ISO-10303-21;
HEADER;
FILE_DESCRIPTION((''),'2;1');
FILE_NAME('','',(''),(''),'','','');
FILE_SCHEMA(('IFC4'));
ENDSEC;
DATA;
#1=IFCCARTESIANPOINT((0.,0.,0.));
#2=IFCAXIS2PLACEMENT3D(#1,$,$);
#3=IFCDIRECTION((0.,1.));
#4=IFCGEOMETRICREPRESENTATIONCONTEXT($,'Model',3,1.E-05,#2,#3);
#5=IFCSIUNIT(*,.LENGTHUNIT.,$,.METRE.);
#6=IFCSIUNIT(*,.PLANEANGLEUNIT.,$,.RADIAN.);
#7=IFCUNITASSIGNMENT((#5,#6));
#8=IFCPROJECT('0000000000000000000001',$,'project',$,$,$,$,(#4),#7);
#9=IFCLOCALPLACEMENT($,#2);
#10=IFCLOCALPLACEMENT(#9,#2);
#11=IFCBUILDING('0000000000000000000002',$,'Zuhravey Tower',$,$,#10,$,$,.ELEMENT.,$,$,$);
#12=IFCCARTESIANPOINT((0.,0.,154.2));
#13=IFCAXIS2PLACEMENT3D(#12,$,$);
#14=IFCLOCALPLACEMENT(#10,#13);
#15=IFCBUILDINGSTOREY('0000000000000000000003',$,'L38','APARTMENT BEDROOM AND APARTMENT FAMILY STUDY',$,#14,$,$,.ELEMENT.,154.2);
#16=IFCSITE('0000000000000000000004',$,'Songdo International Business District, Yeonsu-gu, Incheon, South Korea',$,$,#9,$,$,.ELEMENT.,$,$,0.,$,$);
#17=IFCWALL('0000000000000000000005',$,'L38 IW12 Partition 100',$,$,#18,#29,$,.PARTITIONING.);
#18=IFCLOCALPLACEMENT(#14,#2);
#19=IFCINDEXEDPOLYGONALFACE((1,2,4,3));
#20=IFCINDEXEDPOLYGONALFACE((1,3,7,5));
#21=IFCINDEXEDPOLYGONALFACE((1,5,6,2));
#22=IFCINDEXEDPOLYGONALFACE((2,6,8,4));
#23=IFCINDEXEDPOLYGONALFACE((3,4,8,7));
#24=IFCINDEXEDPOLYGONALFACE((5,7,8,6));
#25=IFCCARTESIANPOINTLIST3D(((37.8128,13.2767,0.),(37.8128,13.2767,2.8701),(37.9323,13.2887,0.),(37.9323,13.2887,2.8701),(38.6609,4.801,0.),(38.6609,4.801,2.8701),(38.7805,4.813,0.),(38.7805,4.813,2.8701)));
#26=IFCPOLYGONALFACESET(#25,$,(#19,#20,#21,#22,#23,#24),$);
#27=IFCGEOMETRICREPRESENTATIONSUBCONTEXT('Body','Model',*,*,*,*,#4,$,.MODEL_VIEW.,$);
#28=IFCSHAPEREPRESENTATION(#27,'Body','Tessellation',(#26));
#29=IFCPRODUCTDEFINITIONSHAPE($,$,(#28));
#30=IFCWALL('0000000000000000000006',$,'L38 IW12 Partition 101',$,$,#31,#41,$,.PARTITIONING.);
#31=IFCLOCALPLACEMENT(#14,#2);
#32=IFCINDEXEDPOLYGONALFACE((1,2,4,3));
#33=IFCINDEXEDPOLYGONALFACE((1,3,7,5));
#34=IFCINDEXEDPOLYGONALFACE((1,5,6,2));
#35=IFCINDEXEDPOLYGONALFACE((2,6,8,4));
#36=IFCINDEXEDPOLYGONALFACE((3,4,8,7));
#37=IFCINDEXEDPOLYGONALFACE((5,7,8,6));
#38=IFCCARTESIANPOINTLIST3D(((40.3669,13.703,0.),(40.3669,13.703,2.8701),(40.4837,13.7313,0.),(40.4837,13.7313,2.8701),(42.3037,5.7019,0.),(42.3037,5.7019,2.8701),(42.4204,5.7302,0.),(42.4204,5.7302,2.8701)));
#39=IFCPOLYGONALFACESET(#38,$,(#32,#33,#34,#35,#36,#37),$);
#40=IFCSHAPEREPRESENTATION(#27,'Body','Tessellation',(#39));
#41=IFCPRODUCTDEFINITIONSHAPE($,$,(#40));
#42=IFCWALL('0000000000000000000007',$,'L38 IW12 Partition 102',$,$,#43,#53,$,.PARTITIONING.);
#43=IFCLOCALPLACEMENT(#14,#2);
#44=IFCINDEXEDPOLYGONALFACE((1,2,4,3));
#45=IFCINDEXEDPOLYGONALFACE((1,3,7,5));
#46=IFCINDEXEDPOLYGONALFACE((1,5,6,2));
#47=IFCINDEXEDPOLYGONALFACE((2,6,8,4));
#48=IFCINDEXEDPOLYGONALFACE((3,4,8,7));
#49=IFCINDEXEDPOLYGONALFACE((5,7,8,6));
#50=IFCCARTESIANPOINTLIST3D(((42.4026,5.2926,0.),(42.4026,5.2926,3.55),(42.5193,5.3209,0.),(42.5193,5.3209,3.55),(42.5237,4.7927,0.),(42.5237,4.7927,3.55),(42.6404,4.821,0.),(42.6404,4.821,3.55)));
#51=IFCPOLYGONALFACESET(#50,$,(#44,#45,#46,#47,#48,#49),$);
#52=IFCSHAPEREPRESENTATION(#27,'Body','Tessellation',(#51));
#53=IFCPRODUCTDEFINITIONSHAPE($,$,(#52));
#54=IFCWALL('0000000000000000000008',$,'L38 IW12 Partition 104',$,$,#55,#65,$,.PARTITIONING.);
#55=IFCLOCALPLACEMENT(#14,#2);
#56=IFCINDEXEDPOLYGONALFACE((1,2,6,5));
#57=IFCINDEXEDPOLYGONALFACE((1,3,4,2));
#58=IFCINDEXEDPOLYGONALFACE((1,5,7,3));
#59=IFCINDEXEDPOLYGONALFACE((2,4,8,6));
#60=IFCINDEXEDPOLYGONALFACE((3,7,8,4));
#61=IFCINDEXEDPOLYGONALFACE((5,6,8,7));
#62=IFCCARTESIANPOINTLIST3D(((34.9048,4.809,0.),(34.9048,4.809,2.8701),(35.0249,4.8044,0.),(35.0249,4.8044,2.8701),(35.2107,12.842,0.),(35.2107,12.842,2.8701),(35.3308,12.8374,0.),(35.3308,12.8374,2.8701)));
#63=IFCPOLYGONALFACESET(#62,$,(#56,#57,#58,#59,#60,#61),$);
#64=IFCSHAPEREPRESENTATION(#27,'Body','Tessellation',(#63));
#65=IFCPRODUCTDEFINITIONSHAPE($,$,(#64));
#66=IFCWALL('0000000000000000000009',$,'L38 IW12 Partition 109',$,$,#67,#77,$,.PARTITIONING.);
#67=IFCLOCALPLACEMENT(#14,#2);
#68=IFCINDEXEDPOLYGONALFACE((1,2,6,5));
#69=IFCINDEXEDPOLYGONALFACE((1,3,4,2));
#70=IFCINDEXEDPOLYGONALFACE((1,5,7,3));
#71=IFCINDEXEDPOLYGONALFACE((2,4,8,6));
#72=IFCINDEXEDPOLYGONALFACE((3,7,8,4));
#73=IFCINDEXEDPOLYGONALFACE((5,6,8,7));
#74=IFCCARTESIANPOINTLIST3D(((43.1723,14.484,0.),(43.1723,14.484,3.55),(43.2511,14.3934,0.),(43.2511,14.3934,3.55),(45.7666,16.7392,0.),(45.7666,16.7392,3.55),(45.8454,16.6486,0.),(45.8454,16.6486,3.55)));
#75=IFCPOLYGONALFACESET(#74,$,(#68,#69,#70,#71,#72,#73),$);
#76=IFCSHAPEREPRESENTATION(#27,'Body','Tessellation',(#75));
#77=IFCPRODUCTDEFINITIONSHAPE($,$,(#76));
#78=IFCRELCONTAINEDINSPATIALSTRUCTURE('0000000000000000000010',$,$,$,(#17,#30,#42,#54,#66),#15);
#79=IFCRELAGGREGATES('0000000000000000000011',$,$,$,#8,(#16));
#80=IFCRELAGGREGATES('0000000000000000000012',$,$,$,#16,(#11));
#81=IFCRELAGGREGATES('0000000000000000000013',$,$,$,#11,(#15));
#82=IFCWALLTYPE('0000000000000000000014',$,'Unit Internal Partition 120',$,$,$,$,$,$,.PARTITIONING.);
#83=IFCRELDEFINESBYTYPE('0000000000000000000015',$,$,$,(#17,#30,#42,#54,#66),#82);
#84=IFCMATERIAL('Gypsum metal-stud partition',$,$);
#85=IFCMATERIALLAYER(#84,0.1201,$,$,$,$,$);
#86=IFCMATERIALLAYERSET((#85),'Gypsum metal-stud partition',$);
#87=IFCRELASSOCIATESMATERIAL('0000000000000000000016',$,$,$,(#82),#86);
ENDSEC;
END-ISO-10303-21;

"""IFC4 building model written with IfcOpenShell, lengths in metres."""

from ifc_helpers import new_model, si_unit, direction, frame, frame_2d, origin, place, context, subcontext, project, spatial, rectangle, extrude, material, layer, layer_set, type_object, element, save


model = new_model("IFC4")

# Units and contexts
model_context = context("Model", 3, precision=1e-05, world=origin(), true_north=direction((0.0, 1.0)))
body_context = subcontext(model_context, "Body", "Model", "MODEL_VIEW")
ifc_project = project(units=[si_unit("LENGTHUNIT", "METRE"), si_unit("PLANEANGLEUNIT", "RADIAN")], contexts=[model_context])

# Site, building, storey
site_placement = place(None, origin())
site = spatial("IfcSite", under=ifc_project, at=site_placement, Name="Songdo International Business District, Yeonsu-gu, Incheon, South Korea", CompositionType="ELEMENT", RefElevation=0.0)
building_placement = place(site_placement, origin())
building = spatial("IfcBuilding", under=site, at=building_placement, Name="Zuhravey Tower", CompositionType="ELEMENT")
storey_placement = place(building_placement, frame((0.0, 0.0, 154.2)))
storey = spatial("IfcBuildingStorey", under=building, at=storey_placement, Name="L38", Description="APARTMENT BEDROOM AND APARTMENT FAMILY STUDY", CompositionType="ELEMENT", Elevation=154.2)

# Shared definitions
ifc_material_1 = material(Name="Gypsum metal-stud partition")
ifc_layer = layer(ifc_material_1, 0.1201)
ifc_layer_set = layer_set([ifc_layer], Name="Gypsum metal-stud partition")
wall_type = type_object("IfcWallType", Name="Unit Internal Partition 120", PredefinedType="PARTITIONING", material=ifc_layer_set)

# Walls
wall_1_placement = place(storey_placement, frame((37.8726, 13.2827, 0.0), z_axis=(0.0, 0.0, 1.0), x_axis=(0.099569, -0.995031, 0.0)))
element("IfcWall", 1, at=wall_1_placement, inside=storey, type_object=wall_type, Name="L38 IW12 Partition 100", PredefinedType="PARTITIONING", context=body_context, shape_type="SweptSolid", body=[
    extrude(rectangle(XDim=8.5181, YDim=0.1201, at=frame_2d((4.259, 0.0))), origin(), (0.0, 0.0, 1.0), 2.8701),
])
wall_2_placement = place(storey_placement, frame((40.4253, 13.7173, 0.0), z_axis=(0.0, 0.0, 1.0), x_axis=(0.235265, -0.971931, 0.0)))
element("IfcWall", 2, at=wall_2_placement, inside=storey, type_object=wall_type, Name="L38 IW12 Partition 101", PredefinedType="PARTITIONING", context=body_context, shape_type="SweptSolid", body=[
    extrude(rectangle(XDim=8.2322, YDim=0.1201, at=frame_2d((4.1162, 0.0))), origin(), (0.0, 0.0, 1.0), 2.8701),
])
wall_3_placement = place(storey_placement, frame((42.4609, 5.3069, 0.0), z_axis=(0.0, 0.0, 1.0), x_axis=(0.235383, -0.971903, 0.0)))
element("IfcWall", 3, at=wall_3_placement, inside=storey, type_object=wall_type, Name="L38 IW12 Partition 102", PredefinedType="PARTITIONING", context=body_context, shape_type="SweptSolid", body=[
    extrude(rectangle(XDim=0.5144, YDim=0.1201, at=frame_2d((0.2573, 0.0))), origin(), (0.0, 0.0, 1.0), 3.55),
])
wall_4_placement = place(storey_placement, frame((35.2708, 12.8398, 0.0), z_axis=(0.0, 0.0, 1.0), x_axis=(-0.038054, -0.999276, 0.0)))
element("IfcWall", 4, at=wall_4_placement, inside=storey, type_object=wall_type, Name="L38 IW12 Partition 104", PredefinedType="PARTITIONING", context=body_context, shape_type="SweptSolid", body=[
    extrude(rectangle(XDim=8.0388, YDim=0.1201, at=frame_2d((4.0195, 0.0))), origin(), (0.0, 0.0, 1.0), 2.8701),
])
wall_5_placement = place(storey_placement, frame((43.2117, 14.4387, 0.0), z_axis=(0.0, 0.0, 1.0), x_axis=(0.754711, 0.656057, 0.0)))
element("IfcWall", 5, at=wall_5_placement, inside=storey, type_object=wall_type, Name="L38 IW12 Partition 109", PredefinedType="PARTITIONING", context=body_context, shape_type="SweptSolid", body=[
    extrude(rectangle(XDim=3.4375, YDim=0.1201, at=frame_2d((1.7188, 0.0))), origin(), (0.0, 0.0, 1.0), 3.55),
])

save(model, "model.ifc")
